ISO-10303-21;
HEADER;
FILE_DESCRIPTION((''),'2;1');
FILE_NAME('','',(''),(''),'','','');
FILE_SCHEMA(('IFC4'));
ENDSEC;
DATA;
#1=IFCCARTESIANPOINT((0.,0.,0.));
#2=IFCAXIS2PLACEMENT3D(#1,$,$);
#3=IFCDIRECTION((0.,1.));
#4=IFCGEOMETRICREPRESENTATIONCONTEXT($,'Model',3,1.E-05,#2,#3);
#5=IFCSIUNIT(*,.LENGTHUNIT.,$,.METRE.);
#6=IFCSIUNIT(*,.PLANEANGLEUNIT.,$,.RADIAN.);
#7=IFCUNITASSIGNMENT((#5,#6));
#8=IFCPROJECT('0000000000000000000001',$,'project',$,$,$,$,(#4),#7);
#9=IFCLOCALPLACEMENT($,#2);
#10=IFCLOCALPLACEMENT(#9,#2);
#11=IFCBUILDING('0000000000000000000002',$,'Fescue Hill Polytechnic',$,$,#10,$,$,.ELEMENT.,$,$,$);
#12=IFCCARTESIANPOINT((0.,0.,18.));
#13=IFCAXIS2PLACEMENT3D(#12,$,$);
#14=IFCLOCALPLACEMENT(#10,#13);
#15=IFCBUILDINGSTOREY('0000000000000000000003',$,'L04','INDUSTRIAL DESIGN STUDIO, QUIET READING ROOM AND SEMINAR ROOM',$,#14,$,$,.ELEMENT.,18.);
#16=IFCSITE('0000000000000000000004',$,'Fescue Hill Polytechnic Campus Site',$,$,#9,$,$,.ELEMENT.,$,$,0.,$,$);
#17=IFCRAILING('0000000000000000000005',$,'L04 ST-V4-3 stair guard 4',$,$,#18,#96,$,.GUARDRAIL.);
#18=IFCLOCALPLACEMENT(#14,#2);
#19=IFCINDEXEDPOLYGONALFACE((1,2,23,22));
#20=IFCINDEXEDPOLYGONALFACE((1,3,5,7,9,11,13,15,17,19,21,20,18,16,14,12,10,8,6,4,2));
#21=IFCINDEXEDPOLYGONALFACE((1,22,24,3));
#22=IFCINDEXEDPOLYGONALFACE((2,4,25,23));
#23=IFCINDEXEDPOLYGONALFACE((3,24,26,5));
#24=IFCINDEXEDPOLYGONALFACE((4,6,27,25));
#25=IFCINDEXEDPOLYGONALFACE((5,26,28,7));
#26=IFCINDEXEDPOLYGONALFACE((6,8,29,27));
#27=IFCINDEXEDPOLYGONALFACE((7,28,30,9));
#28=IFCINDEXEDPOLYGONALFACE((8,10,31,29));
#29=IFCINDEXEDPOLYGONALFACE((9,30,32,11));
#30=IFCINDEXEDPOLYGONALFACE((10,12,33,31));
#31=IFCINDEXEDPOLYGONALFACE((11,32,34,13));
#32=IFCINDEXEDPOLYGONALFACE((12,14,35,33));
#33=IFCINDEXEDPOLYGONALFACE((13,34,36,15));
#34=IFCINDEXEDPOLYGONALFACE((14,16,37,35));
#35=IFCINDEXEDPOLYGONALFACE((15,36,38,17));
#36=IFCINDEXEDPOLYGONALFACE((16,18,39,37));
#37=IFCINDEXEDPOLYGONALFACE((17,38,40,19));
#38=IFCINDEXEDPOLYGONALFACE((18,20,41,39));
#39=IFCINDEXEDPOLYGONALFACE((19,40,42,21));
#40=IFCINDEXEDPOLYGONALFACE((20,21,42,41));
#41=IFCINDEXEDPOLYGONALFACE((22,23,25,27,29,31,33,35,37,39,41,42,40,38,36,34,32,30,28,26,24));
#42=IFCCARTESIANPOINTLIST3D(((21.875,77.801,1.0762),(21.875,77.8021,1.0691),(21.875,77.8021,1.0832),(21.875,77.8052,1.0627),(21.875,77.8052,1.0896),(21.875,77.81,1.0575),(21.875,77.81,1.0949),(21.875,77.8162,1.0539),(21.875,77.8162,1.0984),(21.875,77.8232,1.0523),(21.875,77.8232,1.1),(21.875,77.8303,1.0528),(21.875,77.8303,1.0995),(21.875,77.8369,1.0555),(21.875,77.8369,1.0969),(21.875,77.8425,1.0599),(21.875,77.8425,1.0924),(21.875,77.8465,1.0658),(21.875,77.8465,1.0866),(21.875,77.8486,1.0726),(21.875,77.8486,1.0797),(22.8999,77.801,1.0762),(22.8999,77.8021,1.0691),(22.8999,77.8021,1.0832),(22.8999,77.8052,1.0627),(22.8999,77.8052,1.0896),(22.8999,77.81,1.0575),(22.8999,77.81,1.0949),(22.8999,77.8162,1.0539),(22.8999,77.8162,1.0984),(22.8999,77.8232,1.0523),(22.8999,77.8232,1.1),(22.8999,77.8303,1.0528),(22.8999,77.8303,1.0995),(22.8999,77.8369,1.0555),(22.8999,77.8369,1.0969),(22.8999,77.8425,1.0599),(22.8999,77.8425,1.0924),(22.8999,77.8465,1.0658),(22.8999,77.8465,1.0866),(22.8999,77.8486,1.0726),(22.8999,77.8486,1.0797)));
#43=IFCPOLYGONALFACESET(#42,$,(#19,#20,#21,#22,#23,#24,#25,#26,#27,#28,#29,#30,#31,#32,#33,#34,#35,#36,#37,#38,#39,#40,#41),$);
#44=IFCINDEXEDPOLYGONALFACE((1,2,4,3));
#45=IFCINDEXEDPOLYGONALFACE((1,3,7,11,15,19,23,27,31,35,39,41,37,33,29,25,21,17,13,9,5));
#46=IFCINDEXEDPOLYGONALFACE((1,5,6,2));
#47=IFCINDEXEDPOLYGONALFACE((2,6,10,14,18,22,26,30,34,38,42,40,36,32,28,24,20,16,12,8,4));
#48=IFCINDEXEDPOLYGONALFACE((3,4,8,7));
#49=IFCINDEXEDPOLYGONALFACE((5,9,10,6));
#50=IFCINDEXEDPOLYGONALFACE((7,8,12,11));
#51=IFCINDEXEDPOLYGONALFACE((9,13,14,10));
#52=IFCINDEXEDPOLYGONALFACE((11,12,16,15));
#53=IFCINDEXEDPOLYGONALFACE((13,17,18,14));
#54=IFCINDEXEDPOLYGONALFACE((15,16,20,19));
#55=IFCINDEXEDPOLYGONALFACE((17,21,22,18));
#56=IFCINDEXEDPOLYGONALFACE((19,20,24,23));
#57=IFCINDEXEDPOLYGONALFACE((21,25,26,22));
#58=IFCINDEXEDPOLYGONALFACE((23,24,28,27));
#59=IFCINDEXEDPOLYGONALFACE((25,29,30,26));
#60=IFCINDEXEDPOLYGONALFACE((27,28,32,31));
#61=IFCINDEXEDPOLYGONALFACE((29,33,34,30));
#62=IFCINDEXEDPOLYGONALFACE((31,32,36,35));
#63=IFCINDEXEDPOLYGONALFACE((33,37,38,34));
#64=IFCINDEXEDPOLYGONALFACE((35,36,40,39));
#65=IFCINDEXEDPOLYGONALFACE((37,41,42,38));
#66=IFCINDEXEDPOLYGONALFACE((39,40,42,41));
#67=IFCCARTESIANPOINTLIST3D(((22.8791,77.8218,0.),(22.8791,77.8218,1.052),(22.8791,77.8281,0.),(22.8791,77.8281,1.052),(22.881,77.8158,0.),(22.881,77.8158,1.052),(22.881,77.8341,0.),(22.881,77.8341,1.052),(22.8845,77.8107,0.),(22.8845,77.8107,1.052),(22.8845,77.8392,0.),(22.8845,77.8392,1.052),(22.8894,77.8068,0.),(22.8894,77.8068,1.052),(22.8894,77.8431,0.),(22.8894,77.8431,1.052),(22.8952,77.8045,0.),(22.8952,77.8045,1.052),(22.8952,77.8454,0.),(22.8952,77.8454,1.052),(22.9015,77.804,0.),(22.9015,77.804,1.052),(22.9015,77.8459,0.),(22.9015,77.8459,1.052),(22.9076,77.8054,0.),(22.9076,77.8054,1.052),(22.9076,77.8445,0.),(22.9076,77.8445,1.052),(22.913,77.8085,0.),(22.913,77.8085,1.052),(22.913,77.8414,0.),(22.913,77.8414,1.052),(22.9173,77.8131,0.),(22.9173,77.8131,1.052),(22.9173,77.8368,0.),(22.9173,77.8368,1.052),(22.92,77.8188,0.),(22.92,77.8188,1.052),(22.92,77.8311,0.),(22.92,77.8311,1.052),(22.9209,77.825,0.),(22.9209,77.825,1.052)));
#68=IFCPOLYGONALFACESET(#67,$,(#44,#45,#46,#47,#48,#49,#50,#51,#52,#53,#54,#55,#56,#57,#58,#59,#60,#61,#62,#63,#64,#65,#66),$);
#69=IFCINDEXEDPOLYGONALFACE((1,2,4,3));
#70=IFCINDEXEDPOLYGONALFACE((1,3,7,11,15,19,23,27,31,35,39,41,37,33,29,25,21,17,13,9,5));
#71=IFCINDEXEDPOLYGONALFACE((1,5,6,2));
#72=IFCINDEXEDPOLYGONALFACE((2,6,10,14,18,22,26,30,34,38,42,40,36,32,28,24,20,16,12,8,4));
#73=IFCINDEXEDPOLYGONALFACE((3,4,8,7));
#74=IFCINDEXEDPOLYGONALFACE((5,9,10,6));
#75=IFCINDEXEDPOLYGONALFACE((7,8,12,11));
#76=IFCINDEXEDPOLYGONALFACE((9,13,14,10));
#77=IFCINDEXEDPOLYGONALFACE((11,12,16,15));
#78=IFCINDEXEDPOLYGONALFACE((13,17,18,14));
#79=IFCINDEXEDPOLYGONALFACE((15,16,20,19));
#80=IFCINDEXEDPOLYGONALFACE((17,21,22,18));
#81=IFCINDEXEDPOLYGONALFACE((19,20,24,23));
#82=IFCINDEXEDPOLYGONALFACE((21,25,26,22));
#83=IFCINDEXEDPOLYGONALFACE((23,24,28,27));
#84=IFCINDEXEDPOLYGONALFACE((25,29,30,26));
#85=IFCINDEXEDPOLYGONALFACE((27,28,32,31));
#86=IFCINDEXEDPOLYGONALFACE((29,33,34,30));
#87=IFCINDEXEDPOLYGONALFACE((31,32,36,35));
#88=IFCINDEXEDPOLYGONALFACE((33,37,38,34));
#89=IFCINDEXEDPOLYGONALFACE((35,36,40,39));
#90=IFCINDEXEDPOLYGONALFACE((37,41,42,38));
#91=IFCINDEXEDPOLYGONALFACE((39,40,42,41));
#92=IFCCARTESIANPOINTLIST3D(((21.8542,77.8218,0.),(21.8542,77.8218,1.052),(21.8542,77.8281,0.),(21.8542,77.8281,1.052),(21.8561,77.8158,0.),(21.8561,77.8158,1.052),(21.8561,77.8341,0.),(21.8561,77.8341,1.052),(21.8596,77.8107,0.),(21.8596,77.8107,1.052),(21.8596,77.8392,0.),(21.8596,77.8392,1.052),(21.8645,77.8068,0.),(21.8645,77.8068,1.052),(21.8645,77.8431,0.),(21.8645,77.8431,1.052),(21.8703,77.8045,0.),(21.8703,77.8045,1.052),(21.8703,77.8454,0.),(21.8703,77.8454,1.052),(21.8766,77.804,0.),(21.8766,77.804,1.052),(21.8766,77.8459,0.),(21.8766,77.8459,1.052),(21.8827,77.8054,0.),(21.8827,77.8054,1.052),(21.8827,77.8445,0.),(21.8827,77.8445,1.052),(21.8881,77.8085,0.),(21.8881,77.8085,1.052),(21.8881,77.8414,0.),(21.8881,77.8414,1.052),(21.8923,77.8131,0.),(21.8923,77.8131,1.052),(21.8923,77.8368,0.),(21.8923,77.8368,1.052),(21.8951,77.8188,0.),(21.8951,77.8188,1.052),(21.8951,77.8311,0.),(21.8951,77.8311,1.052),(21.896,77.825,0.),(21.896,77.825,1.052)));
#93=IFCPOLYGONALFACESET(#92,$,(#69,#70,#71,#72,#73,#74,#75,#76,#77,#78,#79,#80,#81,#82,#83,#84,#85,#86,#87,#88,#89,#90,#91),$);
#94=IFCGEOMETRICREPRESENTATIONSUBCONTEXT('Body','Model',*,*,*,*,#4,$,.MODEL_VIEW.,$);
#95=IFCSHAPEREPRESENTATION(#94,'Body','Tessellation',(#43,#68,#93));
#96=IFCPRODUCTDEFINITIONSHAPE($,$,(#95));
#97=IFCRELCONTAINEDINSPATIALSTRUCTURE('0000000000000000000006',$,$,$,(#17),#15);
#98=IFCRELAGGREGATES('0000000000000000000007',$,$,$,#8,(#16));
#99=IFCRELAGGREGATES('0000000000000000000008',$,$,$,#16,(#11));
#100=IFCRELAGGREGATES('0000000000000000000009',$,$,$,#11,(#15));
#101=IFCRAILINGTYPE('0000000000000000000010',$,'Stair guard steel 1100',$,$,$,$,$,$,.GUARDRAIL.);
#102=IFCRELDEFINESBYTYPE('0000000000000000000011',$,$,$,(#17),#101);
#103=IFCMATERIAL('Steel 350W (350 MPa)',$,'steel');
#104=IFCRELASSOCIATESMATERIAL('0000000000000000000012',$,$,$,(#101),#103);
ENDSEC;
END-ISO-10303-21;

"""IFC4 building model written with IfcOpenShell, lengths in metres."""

from ifc_helpers import new_model, si_unit, direction, frame, origin, origin_2d, place, context, subcontext, project, spatial, circle, extrude, material, type_object, element, save


model = new_model("IFC4")

# Units and contexts
model_context = context("Model", 3, precision=1e-05, world=origin(), true_north=direction((0.0, 1.0)))
body_context = subcontext(model_context, "Body", "Model", "MODEL_VIEW")
ifc_project = project(units=[si_unit("LENGTHUNIT", "METRE"), si_unit("PLANEANGLEUNIT", "RADIAN")], contexts=[model_context])

# Site, building, storey
site_placement = place(None, origin())
site = spatial("IfcSite", under=ifc_project, at=site_placement, Name="Fescue Hill Polytechnic Campus Site", CompositionType="ELEMENT", RefElevation=0.0)
building_placement = place(site_placement, origin())
building = spatial("IfcBuilding", under=site, at=building_placement, Name="Fescue Hill Polytechnic", CompositionType="ELEMENT")
storey_placement = place(building_placement, frame((0.0, 0.0, 18.0)))
storey = spatial("IfcBuildingStorey", under=building, at=storey_placement, Name="L04", Description="INDUSTRIAL DESIGN STUDIO, QUIET READING ROOM AND SEMINAR ROOM", CompositionType="ELEMENT", Elevation=18.0)

# Railing
ifc_material_1 = material(Name="Steel 350W (350 MPa)", Category="steel")
railing_type_1 = type_object("IfcRailingType", Name="Stair guard steel 1100", PredefinedType="GUARDRAIL", material=ifc_material_1)
railing_1_placement = place(storey_placement, frame((22.8999, 77.825, 0.0)))
element("IfcRailing", 1, at=railing_1_placement, inside=storey, type_object=railing_type_1, Name="L04 ST-V4-3 stair guard 4", PredefinedType="GUARDRAIL", context=body_context, shape_type="SweptSolid", body=[
    extrude(circle(Radius=0.0239, at=origin_2d()), frame((0.0, 0.0, 1.0762), z_axis=(-1.0, 0.0, 0.0), x_axis=(0.0, -1.0, 0.0)), (0.0, 0.0, 1.0), 1.0249),
    extrude(circle(Radius=0.021, at=origin_2d()), origin(), (0.0, 0.0, 1.0), 1.052),
    extrude(circle(Radius=0.021, at=origin_2d()), frame((-1.0249, 0.0, 0.0)), (0.0, 0.0, 1.0), 1.052),
])

save(model, "model.ifc")
